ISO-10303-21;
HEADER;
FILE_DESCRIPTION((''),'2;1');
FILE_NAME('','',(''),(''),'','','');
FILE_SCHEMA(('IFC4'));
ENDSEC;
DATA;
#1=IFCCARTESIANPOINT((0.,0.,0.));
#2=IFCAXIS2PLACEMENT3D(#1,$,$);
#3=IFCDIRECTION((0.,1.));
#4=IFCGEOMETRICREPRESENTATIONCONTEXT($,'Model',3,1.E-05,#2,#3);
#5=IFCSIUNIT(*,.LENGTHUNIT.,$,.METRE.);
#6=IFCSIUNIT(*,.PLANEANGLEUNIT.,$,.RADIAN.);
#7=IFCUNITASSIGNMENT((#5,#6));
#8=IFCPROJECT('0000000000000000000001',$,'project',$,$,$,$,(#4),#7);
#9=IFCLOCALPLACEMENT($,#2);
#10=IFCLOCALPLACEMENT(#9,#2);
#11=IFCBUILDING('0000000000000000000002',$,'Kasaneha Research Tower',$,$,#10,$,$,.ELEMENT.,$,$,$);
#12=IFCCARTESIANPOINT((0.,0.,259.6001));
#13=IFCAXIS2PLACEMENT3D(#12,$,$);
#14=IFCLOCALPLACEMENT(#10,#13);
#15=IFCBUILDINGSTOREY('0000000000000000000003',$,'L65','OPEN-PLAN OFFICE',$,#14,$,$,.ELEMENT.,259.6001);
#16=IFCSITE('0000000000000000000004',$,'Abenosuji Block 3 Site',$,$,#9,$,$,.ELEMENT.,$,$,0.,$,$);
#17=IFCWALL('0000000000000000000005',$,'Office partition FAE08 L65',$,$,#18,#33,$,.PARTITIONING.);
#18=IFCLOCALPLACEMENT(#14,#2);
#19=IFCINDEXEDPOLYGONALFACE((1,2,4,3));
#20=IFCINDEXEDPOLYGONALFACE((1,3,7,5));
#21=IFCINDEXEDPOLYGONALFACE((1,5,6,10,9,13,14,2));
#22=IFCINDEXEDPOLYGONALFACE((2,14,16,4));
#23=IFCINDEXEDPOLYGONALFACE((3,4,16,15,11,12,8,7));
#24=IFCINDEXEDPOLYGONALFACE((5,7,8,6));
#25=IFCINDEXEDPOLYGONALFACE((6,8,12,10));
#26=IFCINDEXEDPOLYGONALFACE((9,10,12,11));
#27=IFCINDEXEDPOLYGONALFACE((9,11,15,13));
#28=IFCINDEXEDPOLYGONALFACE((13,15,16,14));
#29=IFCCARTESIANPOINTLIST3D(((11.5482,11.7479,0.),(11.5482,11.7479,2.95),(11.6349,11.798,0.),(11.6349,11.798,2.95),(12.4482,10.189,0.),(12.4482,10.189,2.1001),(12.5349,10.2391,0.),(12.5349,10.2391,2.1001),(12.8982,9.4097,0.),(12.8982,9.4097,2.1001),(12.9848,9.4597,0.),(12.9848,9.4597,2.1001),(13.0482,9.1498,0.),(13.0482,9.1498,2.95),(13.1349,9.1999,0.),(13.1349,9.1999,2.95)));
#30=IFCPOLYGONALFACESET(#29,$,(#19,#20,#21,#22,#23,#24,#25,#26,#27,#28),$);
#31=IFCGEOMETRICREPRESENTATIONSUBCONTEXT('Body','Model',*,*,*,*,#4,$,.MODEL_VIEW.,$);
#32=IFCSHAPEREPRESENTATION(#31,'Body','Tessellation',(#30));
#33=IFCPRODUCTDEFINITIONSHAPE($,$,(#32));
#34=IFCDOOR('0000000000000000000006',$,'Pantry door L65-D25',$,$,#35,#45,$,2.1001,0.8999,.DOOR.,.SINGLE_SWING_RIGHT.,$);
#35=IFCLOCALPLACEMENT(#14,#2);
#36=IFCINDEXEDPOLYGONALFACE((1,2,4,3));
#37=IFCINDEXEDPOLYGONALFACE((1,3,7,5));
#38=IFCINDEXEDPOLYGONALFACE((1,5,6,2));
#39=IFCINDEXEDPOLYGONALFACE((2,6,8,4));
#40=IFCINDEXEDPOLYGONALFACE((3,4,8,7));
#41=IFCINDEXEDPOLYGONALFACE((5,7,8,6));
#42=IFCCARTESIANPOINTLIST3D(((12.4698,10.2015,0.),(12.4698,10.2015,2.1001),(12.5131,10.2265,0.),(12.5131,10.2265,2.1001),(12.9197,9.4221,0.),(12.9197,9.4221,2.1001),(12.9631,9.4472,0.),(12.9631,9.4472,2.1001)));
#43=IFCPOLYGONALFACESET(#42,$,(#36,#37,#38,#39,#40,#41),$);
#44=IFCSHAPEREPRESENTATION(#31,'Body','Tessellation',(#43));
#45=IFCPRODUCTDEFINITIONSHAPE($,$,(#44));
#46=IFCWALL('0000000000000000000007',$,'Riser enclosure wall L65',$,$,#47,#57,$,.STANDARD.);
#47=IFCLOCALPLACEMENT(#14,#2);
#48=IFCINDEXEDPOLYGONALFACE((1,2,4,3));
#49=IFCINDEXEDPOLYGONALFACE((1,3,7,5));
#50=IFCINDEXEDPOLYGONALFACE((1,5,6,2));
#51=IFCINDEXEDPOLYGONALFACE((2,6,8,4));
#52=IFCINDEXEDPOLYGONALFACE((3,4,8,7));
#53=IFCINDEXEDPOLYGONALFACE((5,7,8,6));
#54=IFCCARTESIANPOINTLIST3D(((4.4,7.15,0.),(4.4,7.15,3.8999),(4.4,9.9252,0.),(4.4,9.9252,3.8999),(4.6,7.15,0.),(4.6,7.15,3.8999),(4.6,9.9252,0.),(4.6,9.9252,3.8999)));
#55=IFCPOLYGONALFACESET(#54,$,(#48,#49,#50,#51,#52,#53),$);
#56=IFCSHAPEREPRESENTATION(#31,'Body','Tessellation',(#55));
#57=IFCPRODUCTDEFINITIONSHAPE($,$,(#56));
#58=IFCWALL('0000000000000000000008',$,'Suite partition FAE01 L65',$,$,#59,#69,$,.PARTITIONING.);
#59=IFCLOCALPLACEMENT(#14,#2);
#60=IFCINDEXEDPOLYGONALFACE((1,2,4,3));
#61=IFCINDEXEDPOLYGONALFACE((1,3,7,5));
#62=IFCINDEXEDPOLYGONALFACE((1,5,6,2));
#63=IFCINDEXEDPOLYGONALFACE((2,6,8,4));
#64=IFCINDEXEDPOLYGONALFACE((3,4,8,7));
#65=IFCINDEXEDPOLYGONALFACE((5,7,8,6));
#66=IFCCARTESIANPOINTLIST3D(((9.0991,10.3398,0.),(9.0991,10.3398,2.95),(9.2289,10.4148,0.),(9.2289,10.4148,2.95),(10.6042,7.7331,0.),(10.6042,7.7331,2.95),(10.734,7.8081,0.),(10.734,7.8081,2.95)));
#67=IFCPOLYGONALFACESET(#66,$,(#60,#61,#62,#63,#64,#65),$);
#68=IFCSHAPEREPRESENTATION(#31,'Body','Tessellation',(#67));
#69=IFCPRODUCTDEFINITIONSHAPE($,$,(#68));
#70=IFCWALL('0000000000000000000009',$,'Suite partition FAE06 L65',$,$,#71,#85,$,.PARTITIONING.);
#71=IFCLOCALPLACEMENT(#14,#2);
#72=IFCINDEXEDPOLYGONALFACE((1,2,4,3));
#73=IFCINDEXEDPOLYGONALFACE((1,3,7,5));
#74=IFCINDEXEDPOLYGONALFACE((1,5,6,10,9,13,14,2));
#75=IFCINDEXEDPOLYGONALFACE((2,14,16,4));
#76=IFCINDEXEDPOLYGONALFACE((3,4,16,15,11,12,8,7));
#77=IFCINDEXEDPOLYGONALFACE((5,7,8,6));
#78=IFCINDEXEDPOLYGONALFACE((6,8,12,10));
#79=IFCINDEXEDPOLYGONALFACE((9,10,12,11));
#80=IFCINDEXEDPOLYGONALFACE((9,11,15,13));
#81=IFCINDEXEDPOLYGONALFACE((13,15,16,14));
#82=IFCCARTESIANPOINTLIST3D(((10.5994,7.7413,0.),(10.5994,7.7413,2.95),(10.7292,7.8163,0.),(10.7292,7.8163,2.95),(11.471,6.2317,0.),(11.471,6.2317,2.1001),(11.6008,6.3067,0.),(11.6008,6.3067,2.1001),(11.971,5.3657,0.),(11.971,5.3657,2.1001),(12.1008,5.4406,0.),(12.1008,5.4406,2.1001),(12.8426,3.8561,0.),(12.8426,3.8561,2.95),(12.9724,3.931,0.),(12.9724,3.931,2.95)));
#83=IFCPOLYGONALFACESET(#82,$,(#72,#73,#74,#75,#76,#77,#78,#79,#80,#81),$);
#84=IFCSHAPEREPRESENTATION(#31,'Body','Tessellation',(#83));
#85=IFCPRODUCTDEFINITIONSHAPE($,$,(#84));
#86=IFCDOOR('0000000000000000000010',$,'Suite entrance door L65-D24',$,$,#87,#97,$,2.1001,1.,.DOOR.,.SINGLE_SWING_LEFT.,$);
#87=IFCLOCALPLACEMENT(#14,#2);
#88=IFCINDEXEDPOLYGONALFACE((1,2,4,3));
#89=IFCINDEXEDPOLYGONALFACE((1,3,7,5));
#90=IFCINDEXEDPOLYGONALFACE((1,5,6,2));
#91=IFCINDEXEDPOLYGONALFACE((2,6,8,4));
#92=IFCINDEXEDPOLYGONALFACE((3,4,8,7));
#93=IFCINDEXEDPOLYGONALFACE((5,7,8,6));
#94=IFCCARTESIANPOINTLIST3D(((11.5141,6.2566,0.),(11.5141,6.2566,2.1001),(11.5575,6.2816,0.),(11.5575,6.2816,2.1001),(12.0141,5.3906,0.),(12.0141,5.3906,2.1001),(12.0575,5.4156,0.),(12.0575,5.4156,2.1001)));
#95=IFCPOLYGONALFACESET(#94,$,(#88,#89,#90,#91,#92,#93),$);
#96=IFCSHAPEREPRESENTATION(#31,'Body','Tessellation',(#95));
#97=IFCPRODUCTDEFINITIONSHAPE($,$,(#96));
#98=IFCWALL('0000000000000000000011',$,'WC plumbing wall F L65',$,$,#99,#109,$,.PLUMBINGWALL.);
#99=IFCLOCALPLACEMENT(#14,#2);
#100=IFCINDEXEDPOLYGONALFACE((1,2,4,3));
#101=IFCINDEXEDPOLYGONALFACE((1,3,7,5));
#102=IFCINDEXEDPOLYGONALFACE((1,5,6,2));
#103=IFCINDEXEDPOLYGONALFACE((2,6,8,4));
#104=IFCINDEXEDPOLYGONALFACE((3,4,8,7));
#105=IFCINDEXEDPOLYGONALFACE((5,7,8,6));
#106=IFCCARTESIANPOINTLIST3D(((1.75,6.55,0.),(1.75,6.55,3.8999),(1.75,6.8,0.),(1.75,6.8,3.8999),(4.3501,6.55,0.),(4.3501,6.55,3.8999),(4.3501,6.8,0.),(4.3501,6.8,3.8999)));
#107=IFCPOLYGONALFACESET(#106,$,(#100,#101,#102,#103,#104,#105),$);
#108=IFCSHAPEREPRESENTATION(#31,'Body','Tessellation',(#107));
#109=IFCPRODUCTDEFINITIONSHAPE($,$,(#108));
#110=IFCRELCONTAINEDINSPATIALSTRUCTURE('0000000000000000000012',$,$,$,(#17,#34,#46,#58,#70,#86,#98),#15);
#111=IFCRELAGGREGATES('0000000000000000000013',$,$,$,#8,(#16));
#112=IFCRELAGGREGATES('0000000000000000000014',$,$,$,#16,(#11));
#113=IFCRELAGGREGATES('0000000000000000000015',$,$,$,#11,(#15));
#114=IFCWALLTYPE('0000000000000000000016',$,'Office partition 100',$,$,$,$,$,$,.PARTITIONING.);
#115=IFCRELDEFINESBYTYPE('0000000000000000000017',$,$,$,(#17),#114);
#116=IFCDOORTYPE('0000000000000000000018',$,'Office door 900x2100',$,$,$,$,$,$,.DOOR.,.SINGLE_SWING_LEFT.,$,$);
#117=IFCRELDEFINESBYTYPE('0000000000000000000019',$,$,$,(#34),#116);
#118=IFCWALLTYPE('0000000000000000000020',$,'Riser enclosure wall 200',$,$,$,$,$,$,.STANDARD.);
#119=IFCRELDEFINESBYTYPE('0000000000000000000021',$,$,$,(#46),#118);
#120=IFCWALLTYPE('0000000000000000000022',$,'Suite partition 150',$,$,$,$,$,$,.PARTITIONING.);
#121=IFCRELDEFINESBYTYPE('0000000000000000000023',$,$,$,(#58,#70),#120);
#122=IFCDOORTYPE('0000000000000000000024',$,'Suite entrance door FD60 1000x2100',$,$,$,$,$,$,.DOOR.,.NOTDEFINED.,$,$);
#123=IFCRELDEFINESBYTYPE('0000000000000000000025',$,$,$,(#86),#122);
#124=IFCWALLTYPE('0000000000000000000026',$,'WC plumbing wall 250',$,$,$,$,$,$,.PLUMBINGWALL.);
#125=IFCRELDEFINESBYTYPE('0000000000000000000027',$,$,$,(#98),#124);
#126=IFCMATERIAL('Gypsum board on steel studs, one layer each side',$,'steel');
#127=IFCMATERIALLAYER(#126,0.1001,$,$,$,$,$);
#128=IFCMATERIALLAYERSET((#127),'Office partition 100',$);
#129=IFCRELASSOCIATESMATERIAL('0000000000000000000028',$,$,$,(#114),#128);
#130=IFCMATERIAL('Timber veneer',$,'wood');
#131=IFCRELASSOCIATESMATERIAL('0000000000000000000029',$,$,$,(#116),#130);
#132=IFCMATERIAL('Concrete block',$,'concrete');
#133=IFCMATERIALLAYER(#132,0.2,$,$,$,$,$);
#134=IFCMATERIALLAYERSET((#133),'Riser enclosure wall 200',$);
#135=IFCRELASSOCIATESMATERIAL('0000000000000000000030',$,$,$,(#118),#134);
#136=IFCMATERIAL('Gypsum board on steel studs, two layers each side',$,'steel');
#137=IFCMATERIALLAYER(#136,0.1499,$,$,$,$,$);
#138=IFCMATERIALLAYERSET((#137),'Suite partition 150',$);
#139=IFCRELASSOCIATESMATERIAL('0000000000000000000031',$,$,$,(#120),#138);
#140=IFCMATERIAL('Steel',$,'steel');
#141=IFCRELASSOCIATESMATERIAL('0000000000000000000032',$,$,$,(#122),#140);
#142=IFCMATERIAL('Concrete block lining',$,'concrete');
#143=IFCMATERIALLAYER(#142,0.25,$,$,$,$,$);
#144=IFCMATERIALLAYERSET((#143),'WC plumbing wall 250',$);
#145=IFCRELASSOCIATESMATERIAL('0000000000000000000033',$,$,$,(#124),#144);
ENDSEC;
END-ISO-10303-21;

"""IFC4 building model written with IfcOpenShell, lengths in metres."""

from ifc_helpers import new_model, si_unit, direction, frame, frame_2d, origin, place, context, subcontext, project, spatial, rectangle, extrude, material, layer, layer_set, type_object, element, fill, save


model = new_model("IFC4")

# Units and contexts
model_context = context("Model", 3, precision=1e-05, world=origin(), true_north=direction((0.0, 1.0)))
body_context = subcontext(model_context, "Body", "Model", "MODEL_VIEW")
ifc_project = project(units=[si_unit("LENGTHUNIT", "METRE"), si_unit("PLANEANGLEUNIT", "RADIAN")], contexts=[model_context])

# Site, building, storey
site_placement = place(None, origin())
site = spatial("IfcSite", under=ifc_project, at=site_placement, Name="Abenosuji Block 3 Site", CompositionType="ELEMENT", RefElevation=0.0)
building_placement = place(site_placement, origin())
building = spatial("IfcBuilding", under=site, at=building_placement, Name="Kasaneha Research Tower", CompositionType="ELEMENT")
storey_placement = place(building_placement, frame((0.0, 0.0, 259.6001)))
storey = spatial("IfcBuildingStorey", under=building, at=storey_placement, Name="L65", Description="OPEN-PLAN OFFICE", CompositionType="ELEMENT", Elevation=259.6001)

# Shared definitions
ifc_material_1 = material(Name="Gypsum board on steel studs, one layer each side", Category="steel")
ifc_layer_1 = layer(ifc_material_1, 0.1001)
ifc_layer_set_1 = layer_set([ifc_layer_1], Name="Office partition 100")
wall_type_1 = type_object("IfcWallType", Name="Office partition 100", PredefinedType="PARTITIONING", material=ifc_layer_set_1)

# Wall, opening, door
wall_1_placement = place(storey_placement, frame((11.5916, 11.7729, 0.0), z_axis=(0.0, 0.0, 1.0), x_axis=(0.49999, -0.866031, 0.0)))
wall_1 = element("IfcWall", 1, at=wall_1_placement, inside=storey, type_object=wall_type_1, Name="Office partition FAE08 L65", PredefinedType="PARTITIONING", context=body_context, shape_type="SweptSolid", body=[
    extrude(rectangle(XDim=3.0, YDim=0.1001, at=frame_2d((1.5, 0.0))), origin(), (0.0, 0.0, 1.0), 2.95),
])
opening_1_placement = place(wall_1_placement, frame((1.8, 0.0, 0.0)))
opening_1 = element("IfcOpeningElement", 2, at=opening_1_placement, cuts=wall_1, PredefinedType="OPENING", context=body_context, shape_type="SweptSolid", body=[
    extrude(rectangle(XDim=0.8999, YDim=2.1001, at=frame_2d((0.45, 1.05))), frame((0.0, 0.0601, 0.0), z_axis=(0.0, -1.0, 0.0), x_axis=(1.0, 0.0, 0.0)), (0.0, 0.0, 1.0), 0.1201),
])
ifc_material_2 = material(Name="Timber veneer", Category="wood")
door_type_1 = type_object("IfcDoorType", Name="Office door 900x2100", OperationType="SINGLE_SWING_LEFT", PredefinedType="DOOR", material=ifc_material_2)
door_1_placement = place(opening_1_placement, origin())
door_1 = element("IfcDoor", 3, at=door_1_placement, inside=storey, type_object=door_type_1, Name="Pantry door L65-D25", OperationType="SINGLE_SWING_RIGHT", OverallHeight=2.1001, OverallWidth=0.8999, PredefinedType="DOOR", context=body_context, shape_type="SweptSolid", body=[
    extrude(rectangle(XDim=0.8999, YDim=2.1001, at=frame_2d((0.45, 1.05))), frame((0.0, 0.0249, 0.0), z_axis=(0.0, -1.0, 0.0), x_axis=(1.0, 0.0, 0.0)), (0.0, 0.0, 1.0), 0.05),
])
fill(opening_1, door_1)

# Walls
ifc_material_3 = material(Name="Concrete block", Category="concrete")
ifc_layer_2 = layer(ifc_material_3, 0.2)
ifc_layer_set_2 = layer_set([ifc_layer_2], Name="Riser enclosure wall 200")
wall_type_2 = type_object("IfcWallType", Name="Riser enclosure wall 200", PredefinedType="STANDARD", material=ifc_layer_set_2)
wall_2_placement = place(storey_placement, frame((4.5, 7.1499, 0.0), z_axis=(0.0, 0.0, 1.0), x_axis=(0.0, 1.0, 0.0)))
element("IfcWall", 4, at=wall_2_placement, inside=storey, type_object=wall_type_2, Name="Riser enclosure wall L65", PredefinedType="STANDARD", context=body_context, shape_type="SweptSolid", body=[
    extrude(rectangle(XDim=2.7751, YDim=0.2, at=frame_2d((1.3877, 0.0))), origin(), (0.0, 0.0, 1.0), 3.8999),
])
ifc_material_4 = material(Name="Gypsum board on steel studs, two layers each side", Category="steel")
ifc_layer_3 = layer(ifc_material_4, 0.1499)
ifc_layer_set_3 = layer_set([ifc_layer_3], Name="Suite partition 150")
wall_type_3 = type_object("IfcWallType", Name="Suite partition 150", PredefinedType="PARTITIONING", material=ifc_layer_set_3)
wall_3_placement = place(storey_placement, frame((9.1641, 10.3772, 0.0), z_axis=(0.0, 0.0, 1.0), x_axis=(0.500038, -0.866003, 0.0)))
element("IfcWall", 5, at=wall_3_placement, inside=storey, type_object=wall_type_3, Name="Suite partition FAE01 L65", PredefinedType="PARTITIONING", context=body_context, shape_type="SweptSolid", body=[
    extrude(rectangle(XDim=3.01, YDim=0.1499, at=frame_2d((1.5049, 0.0))), origin(), (0.0, 0.0, 1.0), 2.95),
])

# Wall, opening, door
wall_4_placement = place(storey_placement, frame((10.6643, 7.7788, 0.0), z_axis=(0.0, 0.0, 1.0), x_axis=(0.500002, -0.866024, 0.0)))
wall_4 = element("IfcWall", 6, at=wall_4_placement, inside=storey, type_object=wall_type_3, Name="Suite partition FAE06 L65", PredefinedType="PARTITIONING", context=body_context, shape_type="SweptSolid", body=[
    extrude(rectangle(XDim=4.4863, YDim=0.1499, at=frame_2d((2.2432, 0.0))), origin(), (0.0, 0.0, 1.0), 2.95),
])
opening_2_placement = place(wall_4_placement, frame((1.7432, 0.0, 0.0)))
opening_2 = element("IfcOpeningElement", 7, at=opening_2_placement, cuts=wall_4, PredefinedType="OPENING", context=body_context, shape_type="SweptSolid", body=[
    extrude(rectangle(XDim=1.0, YDim=2.1001, at=frame_2d((0.5, 1.05))), frame((0.0, 0.085, 0.0), z_axis=(0.0, -1.0, 0.0), x_axis=(1.0, 0.0, 0.0)), (0.0, 0.0, 1.0), 0.1699),
])
ifc_material_5 = material(Name="Steel", Category="steel")
door_type_2 = type_object("IfcDoorType", Name="Suite entrance door FD60 1000x2100", OperationType="NOTDEFINED", PredefinedType="DOOR", material=ifc_material_5)
door_2_placement = place(opening_2_placement, origin())
door_2 = element("IfcDoor", 8, at=door_2_placement, inside=storey, type_object=door_type_2, Name="Suite entrance door L65-D24", OperationType="SINGLE_SWING_LEFT", OverallHeight=2.1001, OverallWidth=1.0, PredefinedType="DOOR", context=body_context, shape_type="SweptSolid", body=[
    extrude(rectangle(XDim=1.0, YDim=2.1001, at=frame_2d((0.5, 1.05))), frame((0.0, 0.0249, 0.0), z_axis=(0.0, -1.0, 0.0), x_axis=(1.0, 0.0, 0.0)), (0.0, 0.0, 1.0), 0.05),
])
fill(opening_2, door_2)

# Wall
ifc_material_6 = material(Name="Concrete block lining", Category="concrete")
ifc_layer_4 = layer(ifc_material_6, 0.25)
ifc_layer_set_4 = layer_set([ifc_layer_4], Name="WC plumbing wall 250")
wall_type_4 = type_object("IfcWallType", Name="WC plumbing wall 250", PredefinedType="PLUMBINGWALL", material=ifc_layer_set_4)
wall_5_placement = place(storey_placement, frame((1.75, 6.675, 0.0), z_axis=(0.0, 0.0, 1.0), x_axis=(1.0, 0.0, 0.0)))
element("IfcWall", 9, at=wall_5_placement, inside=storey, type_object=wall_type_4, Name="WC plumbing wall F L65", PredefinedType="PLUMBINGWALL", context=body_context, shape_type="SweptSolid", body=[
    extrude(rectangle(XDim=2.6001, YDim=0.25, at=frame_2d((1.3, 0.0))), origin(), (0.0, 0.0, 1.0), 3.8999),
])

save(model, "model.ifc")
